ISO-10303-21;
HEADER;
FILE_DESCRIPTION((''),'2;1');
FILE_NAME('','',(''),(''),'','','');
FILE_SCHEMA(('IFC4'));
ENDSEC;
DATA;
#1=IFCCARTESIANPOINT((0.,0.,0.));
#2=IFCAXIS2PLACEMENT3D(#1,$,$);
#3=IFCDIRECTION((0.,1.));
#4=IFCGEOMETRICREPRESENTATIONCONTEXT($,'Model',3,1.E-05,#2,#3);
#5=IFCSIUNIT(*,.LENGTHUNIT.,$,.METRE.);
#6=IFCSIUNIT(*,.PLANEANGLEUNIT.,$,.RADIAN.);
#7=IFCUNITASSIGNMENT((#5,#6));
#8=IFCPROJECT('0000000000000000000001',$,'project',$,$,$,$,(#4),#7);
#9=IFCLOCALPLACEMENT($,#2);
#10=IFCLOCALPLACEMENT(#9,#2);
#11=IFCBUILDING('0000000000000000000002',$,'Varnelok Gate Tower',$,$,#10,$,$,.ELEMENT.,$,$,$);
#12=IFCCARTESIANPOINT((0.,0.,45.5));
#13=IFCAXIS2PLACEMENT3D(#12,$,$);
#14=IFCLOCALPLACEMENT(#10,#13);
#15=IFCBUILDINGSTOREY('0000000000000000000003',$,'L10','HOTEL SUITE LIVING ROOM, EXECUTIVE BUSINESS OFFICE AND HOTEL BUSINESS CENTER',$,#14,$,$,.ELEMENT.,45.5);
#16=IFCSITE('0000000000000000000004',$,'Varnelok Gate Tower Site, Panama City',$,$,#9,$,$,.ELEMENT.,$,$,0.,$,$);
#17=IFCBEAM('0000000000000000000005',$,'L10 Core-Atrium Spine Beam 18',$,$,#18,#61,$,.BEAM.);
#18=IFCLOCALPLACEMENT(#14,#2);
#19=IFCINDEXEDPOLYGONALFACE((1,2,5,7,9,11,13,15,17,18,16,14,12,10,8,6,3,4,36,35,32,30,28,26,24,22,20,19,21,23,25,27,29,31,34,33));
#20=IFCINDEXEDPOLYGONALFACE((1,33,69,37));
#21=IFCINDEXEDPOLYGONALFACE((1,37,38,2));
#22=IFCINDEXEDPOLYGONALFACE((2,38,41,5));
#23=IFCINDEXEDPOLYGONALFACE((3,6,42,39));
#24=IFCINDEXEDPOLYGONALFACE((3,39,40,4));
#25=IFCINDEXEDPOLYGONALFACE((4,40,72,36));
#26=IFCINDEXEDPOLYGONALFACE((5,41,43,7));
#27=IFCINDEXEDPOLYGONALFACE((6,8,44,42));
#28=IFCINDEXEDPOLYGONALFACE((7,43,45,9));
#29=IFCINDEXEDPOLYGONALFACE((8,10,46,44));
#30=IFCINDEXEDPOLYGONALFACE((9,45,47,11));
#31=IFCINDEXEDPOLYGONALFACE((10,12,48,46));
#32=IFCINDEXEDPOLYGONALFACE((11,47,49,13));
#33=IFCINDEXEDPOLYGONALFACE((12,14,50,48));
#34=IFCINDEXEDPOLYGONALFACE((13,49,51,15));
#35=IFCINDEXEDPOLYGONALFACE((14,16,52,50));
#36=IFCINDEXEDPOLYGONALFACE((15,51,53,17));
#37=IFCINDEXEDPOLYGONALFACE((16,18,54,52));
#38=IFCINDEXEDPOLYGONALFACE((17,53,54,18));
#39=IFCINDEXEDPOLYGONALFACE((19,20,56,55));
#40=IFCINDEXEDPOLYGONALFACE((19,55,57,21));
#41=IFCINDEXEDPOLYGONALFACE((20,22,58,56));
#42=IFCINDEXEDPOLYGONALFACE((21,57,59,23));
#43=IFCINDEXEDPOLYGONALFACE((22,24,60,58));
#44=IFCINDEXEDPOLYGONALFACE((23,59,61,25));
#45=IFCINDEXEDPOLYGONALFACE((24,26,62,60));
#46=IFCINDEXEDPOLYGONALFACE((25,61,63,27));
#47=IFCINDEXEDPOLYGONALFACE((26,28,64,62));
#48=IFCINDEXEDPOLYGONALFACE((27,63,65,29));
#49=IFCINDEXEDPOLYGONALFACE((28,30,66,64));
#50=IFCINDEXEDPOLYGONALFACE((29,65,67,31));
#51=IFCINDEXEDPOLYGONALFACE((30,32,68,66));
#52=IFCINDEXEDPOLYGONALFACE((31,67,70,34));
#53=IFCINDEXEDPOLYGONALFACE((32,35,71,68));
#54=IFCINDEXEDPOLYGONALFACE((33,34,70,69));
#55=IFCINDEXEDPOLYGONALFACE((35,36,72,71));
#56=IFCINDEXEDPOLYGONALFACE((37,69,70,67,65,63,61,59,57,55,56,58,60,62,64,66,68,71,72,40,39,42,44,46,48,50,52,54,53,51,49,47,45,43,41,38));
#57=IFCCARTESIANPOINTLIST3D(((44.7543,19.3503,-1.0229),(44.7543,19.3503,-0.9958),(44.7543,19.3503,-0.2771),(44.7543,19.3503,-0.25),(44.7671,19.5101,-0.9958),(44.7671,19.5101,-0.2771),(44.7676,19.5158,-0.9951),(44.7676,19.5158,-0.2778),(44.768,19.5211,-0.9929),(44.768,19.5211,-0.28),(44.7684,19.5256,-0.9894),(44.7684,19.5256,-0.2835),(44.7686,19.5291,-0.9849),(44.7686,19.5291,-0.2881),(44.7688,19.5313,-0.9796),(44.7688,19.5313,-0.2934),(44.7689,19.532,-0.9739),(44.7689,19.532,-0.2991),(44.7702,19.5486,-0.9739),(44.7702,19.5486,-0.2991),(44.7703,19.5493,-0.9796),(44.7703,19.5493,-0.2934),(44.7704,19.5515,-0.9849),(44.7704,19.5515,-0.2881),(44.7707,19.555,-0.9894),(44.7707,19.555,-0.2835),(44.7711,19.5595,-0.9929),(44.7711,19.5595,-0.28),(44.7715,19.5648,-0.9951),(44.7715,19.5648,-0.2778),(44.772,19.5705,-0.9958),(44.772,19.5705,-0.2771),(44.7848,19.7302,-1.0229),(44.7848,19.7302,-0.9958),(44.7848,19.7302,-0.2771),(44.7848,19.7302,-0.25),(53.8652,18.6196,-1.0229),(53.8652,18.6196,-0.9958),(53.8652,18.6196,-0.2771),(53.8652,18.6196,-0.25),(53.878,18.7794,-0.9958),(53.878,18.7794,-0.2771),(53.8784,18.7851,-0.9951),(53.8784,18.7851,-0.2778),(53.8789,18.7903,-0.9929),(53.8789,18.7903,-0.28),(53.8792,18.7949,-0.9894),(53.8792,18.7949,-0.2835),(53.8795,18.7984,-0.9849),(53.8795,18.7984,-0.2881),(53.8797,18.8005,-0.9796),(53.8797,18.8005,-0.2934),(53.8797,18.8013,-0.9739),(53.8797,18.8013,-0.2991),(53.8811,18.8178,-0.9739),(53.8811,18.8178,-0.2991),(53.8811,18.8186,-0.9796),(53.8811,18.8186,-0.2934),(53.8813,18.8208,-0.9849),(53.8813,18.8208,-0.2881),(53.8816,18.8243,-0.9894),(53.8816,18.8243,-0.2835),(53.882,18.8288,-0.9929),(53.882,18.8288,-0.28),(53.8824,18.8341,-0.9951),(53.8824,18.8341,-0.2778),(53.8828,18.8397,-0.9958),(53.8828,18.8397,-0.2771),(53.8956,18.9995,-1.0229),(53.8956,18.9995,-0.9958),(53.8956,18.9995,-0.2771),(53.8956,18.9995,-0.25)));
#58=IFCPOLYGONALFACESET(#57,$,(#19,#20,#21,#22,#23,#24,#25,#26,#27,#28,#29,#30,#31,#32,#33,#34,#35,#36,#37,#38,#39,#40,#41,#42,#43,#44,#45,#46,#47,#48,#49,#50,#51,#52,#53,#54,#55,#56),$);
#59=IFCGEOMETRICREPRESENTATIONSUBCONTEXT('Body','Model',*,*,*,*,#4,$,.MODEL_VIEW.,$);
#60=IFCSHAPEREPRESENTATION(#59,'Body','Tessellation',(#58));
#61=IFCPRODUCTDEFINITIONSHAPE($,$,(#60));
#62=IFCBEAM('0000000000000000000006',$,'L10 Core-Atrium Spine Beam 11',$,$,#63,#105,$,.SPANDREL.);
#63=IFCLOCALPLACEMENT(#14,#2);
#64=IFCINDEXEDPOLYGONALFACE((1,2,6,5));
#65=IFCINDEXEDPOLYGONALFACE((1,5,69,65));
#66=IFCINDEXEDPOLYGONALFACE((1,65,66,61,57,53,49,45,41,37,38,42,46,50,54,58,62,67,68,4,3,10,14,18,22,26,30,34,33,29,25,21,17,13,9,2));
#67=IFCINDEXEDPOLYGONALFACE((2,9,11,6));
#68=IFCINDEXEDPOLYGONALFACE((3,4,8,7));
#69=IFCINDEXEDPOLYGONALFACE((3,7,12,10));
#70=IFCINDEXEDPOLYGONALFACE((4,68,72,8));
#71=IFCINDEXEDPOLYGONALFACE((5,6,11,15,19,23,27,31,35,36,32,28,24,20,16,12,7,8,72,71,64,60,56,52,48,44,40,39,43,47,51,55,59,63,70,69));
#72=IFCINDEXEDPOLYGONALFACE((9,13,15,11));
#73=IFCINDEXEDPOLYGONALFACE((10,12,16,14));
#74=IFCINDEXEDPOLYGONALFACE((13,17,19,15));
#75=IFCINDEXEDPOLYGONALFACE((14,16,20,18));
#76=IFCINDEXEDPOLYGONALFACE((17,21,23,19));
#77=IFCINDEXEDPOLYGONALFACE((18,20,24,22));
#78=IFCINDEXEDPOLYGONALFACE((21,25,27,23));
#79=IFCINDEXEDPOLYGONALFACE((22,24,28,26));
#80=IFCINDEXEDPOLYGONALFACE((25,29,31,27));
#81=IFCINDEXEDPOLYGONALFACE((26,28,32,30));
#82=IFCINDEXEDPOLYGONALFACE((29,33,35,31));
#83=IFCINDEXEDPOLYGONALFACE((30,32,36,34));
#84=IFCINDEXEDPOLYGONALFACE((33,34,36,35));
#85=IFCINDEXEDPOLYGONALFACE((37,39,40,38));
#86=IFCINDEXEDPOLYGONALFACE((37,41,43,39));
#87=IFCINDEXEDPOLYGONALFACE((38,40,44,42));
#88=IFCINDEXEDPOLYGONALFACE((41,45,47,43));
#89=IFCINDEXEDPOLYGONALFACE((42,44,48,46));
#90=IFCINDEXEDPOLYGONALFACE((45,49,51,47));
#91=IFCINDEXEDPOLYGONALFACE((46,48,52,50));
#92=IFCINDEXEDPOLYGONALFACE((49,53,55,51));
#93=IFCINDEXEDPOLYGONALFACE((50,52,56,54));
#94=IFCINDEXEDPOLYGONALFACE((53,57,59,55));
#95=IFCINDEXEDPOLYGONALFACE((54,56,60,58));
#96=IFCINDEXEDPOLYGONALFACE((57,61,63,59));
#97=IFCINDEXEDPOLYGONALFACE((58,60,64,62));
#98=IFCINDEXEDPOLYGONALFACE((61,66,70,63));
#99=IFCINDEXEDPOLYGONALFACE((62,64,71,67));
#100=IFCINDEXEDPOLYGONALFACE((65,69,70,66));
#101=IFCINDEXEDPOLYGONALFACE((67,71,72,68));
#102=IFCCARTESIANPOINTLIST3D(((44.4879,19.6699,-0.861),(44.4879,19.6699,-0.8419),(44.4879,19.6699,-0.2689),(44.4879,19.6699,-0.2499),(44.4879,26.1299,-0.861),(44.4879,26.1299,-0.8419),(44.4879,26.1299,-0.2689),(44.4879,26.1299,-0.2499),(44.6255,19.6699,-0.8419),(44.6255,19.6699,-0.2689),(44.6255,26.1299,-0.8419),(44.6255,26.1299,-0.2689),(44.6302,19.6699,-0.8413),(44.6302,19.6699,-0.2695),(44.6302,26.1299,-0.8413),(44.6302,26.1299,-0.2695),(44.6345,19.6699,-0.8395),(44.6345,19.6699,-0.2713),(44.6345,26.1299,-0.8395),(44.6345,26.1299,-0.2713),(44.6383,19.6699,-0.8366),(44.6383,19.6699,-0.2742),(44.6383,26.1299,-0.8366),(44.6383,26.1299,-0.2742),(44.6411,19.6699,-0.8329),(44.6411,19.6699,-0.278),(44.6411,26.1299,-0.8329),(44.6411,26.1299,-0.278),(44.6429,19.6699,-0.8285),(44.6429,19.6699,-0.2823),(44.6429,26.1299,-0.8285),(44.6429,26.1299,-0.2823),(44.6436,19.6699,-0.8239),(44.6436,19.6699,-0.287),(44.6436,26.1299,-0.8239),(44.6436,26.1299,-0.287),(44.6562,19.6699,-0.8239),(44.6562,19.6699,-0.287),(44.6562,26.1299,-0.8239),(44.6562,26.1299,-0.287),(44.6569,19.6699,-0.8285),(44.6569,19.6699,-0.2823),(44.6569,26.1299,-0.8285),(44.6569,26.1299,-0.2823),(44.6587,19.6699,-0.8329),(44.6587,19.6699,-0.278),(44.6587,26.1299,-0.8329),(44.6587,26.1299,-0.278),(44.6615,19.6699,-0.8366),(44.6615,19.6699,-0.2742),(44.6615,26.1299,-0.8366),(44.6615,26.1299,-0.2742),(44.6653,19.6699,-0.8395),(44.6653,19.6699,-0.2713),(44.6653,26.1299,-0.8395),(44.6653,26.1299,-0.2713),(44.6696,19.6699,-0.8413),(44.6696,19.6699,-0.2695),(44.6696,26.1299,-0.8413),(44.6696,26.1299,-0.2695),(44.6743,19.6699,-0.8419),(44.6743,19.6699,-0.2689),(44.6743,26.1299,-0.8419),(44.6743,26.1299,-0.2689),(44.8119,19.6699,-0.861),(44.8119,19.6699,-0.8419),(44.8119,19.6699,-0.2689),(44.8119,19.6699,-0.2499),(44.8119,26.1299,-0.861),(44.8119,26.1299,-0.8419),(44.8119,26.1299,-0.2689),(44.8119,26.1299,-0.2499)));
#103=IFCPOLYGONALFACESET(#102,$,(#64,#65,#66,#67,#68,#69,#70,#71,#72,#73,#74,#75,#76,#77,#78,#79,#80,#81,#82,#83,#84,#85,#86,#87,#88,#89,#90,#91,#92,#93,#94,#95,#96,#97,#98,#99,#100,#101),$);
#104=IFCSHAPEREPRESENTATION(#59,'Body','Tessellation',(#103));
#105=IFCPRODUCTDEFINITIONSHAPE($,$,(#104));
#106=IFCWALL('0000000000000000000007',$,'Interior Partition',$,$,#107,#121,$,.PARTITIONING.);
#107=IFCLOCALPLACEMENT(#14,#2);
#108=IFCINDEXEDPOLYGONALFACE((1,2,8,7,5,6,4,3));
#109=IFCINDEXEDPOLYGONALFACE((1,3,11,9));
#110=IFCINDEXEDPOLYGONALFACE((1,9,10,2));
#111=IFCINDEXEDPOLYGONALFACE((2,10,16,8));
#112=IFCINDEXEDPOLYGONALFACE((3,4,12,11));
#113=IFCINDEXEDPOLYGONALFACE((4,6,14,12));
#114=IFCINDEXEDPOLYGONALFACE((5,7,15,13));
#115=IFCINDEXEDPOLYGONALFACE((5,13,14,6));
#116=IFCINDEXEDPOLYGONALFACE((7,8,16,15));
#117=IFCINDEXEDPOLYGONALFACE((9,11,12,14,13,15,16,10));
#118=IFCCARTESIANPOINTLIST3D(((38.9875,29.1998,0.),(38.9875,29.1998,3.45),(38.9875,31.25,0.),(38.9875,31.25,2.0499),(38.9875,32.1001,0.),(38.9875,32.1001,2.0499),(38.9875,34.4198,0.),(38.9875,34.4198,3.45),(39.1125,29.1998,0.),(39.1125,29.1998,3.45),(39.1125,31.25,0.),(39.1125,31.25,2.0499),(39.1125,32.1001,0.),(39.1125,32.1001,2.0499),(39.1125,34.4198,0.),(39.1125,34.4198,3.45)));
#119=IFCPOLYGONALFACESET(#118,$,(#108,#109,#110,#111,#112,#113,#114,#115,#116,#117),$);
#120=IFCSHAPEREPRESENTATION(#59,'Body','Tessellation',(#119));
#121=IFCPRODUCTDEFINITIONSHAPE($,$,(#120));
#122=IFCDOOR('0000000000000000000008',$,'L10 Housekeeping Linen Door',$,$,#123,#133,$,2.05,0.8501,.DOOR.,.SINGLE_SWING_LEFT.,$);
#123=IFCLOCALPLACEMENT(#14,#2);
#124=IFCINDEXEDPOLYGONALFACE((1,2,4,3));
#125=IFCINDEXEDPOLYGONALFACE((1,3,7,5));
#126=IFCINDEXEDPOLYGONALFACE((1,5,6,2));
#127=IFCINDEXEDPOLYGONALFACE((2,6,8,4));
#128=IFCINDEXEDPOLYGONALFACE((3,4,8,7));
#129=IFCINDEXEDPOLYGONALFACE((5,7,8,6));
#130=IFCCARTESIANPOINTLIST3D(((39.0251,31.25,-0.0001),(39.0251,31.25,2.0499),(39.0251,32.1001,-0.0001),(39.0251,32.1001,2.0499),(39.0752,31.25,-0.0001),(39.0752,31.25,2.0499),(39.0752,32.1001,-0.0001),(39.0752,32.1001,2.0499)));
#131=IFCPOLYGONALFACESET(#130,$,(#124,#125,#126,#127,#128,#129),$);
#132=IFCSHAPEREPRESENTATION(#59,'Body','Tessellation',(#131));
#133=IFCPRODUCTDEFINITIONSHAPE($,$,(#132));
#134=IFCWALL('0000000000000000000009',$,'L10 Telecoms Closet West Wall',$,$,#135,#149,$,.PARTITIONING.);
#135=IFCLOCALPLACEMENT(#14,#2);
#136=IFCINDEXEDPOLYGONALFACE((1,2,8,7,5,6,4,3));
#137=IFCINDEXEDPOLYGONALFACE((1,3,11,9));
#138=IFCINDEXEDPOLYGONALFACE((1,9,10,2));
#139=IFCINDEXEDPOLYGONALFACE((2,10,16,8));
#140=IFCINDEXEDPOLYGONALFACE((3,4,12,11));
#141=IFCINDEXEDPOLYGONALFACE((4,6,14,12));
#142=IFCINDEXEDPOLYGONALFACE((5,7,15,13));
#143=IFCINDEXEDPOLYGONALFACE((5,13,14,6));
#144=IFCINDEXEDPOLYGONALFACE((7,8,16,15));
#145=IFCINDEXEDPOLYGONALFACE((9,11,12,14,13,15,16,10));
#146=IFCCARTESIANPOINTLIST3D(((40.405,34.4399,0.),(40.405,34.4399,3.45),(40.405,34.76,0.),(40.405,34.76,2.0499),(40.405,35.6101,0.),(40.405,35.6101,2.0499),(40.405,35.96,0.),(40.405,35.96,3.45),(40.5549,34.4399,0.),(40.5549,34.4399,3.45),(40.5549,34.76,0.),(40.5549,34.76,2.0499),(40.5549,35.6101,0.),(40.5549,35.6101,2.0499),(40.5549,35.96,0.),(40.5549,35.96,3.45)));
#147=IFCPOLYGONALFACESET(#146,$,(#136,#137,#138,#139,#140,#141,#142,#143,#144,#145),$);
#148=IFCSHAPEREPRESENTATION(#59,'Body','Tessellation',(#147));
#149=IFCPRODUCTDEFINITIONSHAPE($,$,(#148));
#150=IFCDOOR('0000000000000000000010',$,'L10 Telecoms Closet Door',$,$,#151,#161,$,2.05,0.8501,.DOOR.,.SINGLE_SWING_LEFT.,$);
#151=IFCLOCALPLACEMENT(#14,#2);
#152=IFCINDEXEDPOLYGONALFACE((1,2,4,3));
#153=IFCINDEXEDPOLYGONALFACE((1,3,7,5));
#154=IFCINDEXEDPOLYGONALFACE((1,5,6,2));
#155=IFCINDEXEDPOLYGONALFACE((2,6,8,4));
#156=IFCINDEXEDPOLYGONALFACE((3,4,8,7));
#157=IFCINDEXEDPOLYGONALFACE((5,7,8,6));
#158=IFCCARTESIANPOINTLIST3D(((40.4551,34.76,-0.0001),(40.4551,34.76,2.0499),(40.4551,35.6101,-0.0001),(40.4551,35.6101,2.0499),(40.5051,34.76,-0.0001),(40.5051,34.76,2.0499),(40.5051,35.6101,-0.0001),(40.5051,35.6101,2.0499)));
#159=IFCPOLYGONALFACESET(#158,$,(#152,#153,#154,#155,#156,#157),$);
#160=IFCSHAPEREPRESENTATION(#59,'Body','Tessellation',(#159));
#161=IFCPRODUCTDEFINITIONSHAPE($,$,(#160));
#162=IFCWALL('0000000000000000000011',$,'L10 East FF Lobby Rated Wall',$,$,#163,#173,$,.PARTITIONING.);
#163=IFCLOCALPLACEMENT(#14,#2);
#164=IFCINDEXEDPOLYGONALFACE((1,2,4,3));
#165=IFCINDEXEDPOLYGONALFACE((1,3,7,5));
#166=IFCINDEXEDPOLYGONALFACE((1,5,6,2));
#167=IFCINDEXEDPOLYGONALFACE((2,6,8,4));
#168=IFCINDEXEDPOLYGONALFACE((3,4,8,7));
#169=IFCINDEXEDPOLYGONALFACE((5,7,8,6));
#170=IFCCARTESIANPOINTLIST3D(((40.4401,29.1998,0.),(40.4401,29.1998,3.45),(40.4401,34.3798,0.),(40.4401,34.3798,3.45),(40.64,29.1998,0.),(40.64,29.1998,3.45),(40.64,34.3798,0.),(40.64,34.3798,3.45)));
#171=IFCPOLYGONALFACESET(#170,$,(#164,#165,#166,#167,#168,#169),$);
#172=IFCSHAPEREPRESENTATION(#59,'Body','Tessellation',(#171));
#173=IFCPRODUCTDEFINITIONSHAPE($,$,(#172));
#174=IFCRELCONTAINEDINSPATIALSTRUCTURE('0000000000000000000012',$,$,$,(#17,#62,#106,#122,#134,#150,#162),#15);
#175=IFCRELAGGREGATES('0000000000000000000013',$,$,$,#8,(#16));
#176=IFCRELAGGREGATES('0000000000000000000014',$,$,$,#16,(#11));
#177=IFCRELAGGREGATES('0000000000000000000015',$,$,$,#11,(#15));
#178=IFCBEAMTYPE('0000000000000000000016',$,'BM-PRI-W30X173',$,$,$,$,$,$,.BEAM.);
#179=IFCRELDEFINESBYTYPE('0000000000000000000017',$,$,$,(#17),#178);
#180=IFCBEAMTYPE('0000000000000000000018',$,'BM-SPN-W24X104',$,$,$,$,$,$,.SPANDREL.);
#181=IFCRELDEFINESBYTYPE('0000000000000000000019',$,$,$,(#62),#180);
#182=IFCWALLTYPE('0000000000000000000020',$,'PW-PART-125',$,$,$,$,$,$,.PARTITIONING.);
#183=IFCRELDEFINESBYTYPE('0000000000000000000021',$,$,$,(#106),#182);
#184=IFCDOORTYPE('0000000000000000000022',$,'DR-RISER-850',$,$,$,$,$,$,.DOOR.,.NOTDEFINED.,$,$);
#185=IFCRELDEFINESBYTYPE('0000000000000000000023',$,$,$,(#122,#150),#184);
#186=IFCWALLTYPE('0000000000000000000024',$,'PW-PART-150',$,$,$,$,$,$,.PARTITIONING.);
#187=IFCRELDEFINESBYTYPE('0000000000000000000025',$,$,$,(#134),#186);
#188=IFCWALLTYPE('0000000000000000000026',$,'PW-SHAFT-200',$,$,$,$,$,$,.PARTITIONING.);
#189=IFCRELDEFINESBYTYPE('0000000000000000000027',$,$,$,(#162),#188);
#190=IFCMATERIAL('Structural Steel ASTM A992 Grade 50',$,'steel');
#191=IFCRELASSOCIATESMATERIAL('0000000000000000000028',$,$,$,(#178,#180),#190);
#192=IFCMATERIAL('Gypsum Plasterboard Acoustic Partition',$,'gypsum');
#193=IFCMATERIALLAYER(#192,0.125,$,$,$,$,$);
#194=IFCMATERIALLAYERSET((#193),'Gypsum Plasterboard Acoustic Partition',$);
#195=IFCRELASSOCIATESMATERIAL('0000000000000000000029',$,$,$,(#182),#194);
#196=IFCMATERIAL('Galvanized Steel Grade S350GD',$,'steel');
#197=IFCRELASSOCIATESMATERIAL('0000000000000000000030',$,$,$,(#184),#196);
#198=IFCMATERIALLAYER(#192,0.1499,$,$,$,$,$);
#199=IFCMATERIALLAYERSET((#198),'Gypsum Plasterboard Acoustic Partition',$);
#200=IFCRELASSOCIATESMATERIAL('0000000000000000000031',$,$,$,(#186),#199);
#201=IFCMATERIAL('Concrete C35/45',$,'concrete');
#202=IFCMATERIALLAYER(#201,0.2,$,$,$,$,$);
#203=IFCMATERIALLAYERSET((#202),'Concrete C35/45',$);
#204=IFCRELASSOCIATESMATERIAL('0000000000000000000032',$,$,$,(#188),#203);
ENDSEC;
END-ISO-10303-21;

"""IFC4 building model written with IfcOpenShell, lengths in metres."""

from ifc_helpers import new_model, si_unit, direction, frame, frame_2d, origin, origin_2d, place, context, subcontext, project, spatial, rectangle, i_section, extrude, material, layer, layer_set, material_profile, profile_set, type_object, element, fill, save


model = new_model("IFC4")

# Units and contexts
model_context = context("Model", 3, precision=1e-05, world=origin(), true_north=direction((0.0, 1.0)))
body_context = subcontext(model_context, "Body", "Model", "MODEL_VIEW")
ifc_project = project(units=[si_unit("LENGTHUNIT", "METRE"), si_unit("PLANEANGLEUNIT", "RADIAN")], contexts=[model_context])

# Site, building, storey
site_placement = place(None, origin())
site = spatial("IfcSite", under=ifc_project, at=site_placement, Name="Varnelok Gate Tower Site, Panama City", CompositionType="ELEMENT", RefElevation=0.0)
building_placement = place(site_placement, origin())
building = spatial("IfcBuilding", under=site, at=building_placement, Name="Varnelok Gate Tower", CompositionType="ELEMENT")
storey_placement = place(building_placement, frame((0.0, 0.0, 45.5)))
storey = spatial("IfcBuildingStorey", under=building, at=storey_placement, Name="L10", Description="HOTEL SUITE LIVING ROOM, EXECUTIVE BUSINESS OFFICE AND HOTEL BUSINESS CENTER", CompositionType="ELEMENT", Elevation=45.5)

# Shared definitions
ifc_material_1 = material(Name="Structural Steel ASTM A992 Grade 50", Category="steel")

# Beams
ifc_material_profile_1 = material_profile(ifc_material_1, i_section(OverallWidth=0.3811, OverallDepth=0.7729, WebThickness=0.0166, FlangeThickness=0.0271, FilletRadius=0.022, at=origin_2d()), Name="W30X173")
ifc_profile_set_1 = profile_set([ifc_material_profile_1], Name="Structural Steel ASTM A992 Grade 50")
beam_type_1 = type_object("IfcBeamType", Name="BM-PRI-W30X173", PredefinedType="BEAM", material=ifc_profile_set_1)
beam_1_placement = place(storey_placement, frame((44.7695, 19.5403, -0.6365), z_axis=(0.996799, -0.079946, 0.0), x_axis=(0.079946, 0.996799, 0.0)))
element("IfcBeam", 1, at=beam_1_placement, inside=storey, type_object=beam_type_1, Name="L10 Core-Atrium Spine Beam 18", PredefinedType="BEAM", context=body_context, shape_type="SweptSolid", body=[
    extrude(i_section(OverallWidth=0.3811, OverallDepth=0.7729, WebThickness=0.0166, FlangeThickness=0.0271, FilletRadius=0.022, at=origin_2d()), origin(), (0.0, 0.0, 1.0), 9.1401),
])
ifc_material_profile_2 = material_profile(ifc_material_1, i_section(OverallWidth=0.324, OverallDepth=0.6111, WebThickness=0.0127, FlangeThickness=0.019, FilletRadius=0.0181, at=origin_2d()), Name="W24X104")
ifc_profile_set_2 = profile_set([ifc_material_profile_2], Name="Structural Steel ASTM A992 Grade 50")
beam_type_2 = type_object("IfcBeamType", Name="BM-SPN-W24X104", PredefinedType="SPANDREL", material=ifc_profile_set_2)
beam_2_placement = place(storey_placement, frame((44.6499, 19.6699, -0.5554), z_axis=(0.0, 1.0, 0.0), x_axis=(-1.0, 0.0, 0.0)))
element("IfcBeam", 2, at=beam_2_placement, inside=storey, type_object=beam_type_2, Name="L10 Core-Atrium Spine Beam 11", PredefinedType="SPANDREL", context=body_context, shape_type="SweptSolid", body=[
    extrude(i_section(OverallWidth=0.324, OverallDepth=0.6111, WebThickness=0.0127, FlangeThickness=0.019, FilletRadius=0.0181, at=origin_2d()), origin(), (0.0, 0.0, 1.0), 6.46),
])

# Walls, openings, doors
ifc_material_2 = material(Name="Gypsum Plasterboard Acoustic Partition", Category="gypsum")
ifc_layer_1 = layer(ifc_material_2, 0.125)
ifc_layer_set_1 = layer_set([ifc_layer_1], Name="Gypsum Plasterboard Acoustic Partition")
wall_type_1 = type_object("IfcWallType", Name="PW-PART-125", PredefinedType="PARTITIONING", material=ifc_layer_set_1)
wall_1_placement = place(storey_placement, frame((39.05, 29.2, 0.0), z_axis=(0.0, 0.0, 1.0), x_axis=(0.0, 1.0, 0.0)))
wall_1 = element("IfcWall", 3, at=wall_1_placement, inside=storey, type_object=wall_type_1, Name="Interior Partition", PredefinedType="PARTITIONING", context=body_context, shape_type="SweptSolid", body=[
    extrude(rectangle(XDim=5.22, YDim=0.125, at=frame_2d((2.6099, 0.0))), origin(), (0.0, 0.0, 1.0), 3.45),
])
opening_1_placement = place(wall_1_placement, frame((2.05, 0.0, 0.0)))
opening_1 = element("IfcOpeningElement", 4, at=opening_1_placement, cuts=wall_1, PredefinedType="OPENING", context=body_context, shape_type="SweptSolid", body=[
    extrude(rectangle(XDim=0.8501, YDim=2.05, at=frame_2d((0.425, 1.0249))), frame((0.0, 0.0725, 0.0), z_axis=(0.0, -1.0, 0.0), x_axis=(1.0, 0.0, 0.0)), (0.0, 0.0, 1.0), 0.145),
])
ifc_material_3 = material(Name="Galvanized Steel Grade S350GD", Category="steel")
door_type_1 = type_object("IfcDoorType", Name="DR-RISER-850", OperationType="NOTDEFINED", PredefinedType="DOOR", material=ifc_material_3)
door_1_placement = place(opening_1_placement, origin())
door_1 = element("IfcDoor", 5, at=door_1_placement, inside=storey, type_object=door_type_1, Name="L10 Housekeeping Linen Door", OperationType="SINGLE_SWING_LEFT", OverallHeight=2.05, OverallWidth=0.8501, PredefinedType="DOOR", context=body_context, shape_type="SweptSolid", body=[
    extrude(rectangle(XDim=0.8501, YDim=2.05, at=frame_2d((0.425, 1.0249))), frame((0.0, 0.0249, 0.0), z_axis=(0.0, -1.0, 0.0), x_axis=(1.0, 0.0, 0.0)), (0.0, 0.0, 1.0), 0.05),
])
fill(opening_1, door_1)
ifc_layer_2 = layer(ifc_material_2, 0.1499)
ifc_layer_set_2 = layer_set([ifc_layer_2], Name="Gypsum Plasterboard Acoustic Partition")
wall_type_2 = type_object("IfcWallType", Name="PW-PART-150", PredefinedType="PARTITIONING", material=ifc_layer_set_2)
wall_2_placement = place(storey_placement, frame((40.48, 34.4399, 0.0), z_axis=(0.0, 0.0, 1.0), x_axis=(0.0, 1.0, 0.0)))
wall_2 = element("IfcWall", 6, at=wall_2_placement, inside=storey, type_object=wall_type_2, Name="L10 Telecoms Closet West Wall", PredefinedType="PARTITIONING", context=body_context, shape_type="SweptSolid", body=[
    extrude(rectangle(XDim=1.52, YDim=0.1499, at=frame_2d((0.76, 0.0))), origin(), (0.0, 0.0, 1.0), 3.45),
])
opening_2_placement = place(wall_2_placement, frame((0.3201, 0.0, 0.0)))
opening_2 = element("IfcOpeningElement", 7, at=opening_2_placement, cuts=wall_2, PredefinedType="OPENING", context=body_context, shape_type="SweptSolid", body=[
    extrude(rectangle(XDim=0.8501, YDim=2.05, at=frame_2d((0.425, 1.0249))), frame((0.0, 0.085, 0.0), z_axis=(0.0, -1.0, 0.0), x_axis=(1.0, 0.0, 0.0)), (0.0, 0.0, 1.0), 0.1699),
])
door_2_placement = place(opening_2_placement, origin())
door_2 = element("IfcDoor", 8, at=door_2_placement, inside=storey, type_object=door_type_1, Name="L10 Telecoms Closet Door", OperationType="SINGLE_SWING_LEFT", OverallHeight=2.05, OverallWidth=0.8501, PredefinedType="DOOR", context=body_context, shape_type="SweptSolid", body=[
    extrude(rectangle(XDim=0.8501, YDim=2.05, at=frame_2d((0.425, 1.0249))), frame((0.0, 0.0249, 0.0), z_axis=(0.0, -1.0, 0.0), x_axis=(1.0, 0.0, 0.0)), (0.0, 0.0, 1.0), 0.05),
])
fill(opening_2, door_2)

# Wall
ifc_material_4 = material(Name="Concrete C35/45", Category="concrete")
ifc_layer_3 = layer(ifc_material_4, 0.2)
ifc_layer_set_3 = layer_set([ifc_layer_3], Name="Concrete C35/45")
wall_type_3 = type_object("IfcWallType", Name="PW-SHAFT-200", PredefinedType="PARTITIONING", material=ifc_layer_set_3)
wall_3_placement = place(storey_placement, frame((40.54, 29.2, 0.0), z_axis=(0.0, 0.0, 1.0), x_axis=(0.0, 1.0, 0.0)))
element("IfcWall", 9, at=wall_3_placement, inside=storey, type_object=wall_type_3, Name="L10 East FF Lobby Rated Wall", PredefinedType="PARTITIONING", context=body_context, shape_type="SweptSolid", body=[
    extrude(rectangle(XDim=5.1799, YDim=0.2, at=frame_2d((2.5898, 0.0))), origin(), (0.0, 0.0, 1.0), 3.45),
])

save(model, "model.ifc")
